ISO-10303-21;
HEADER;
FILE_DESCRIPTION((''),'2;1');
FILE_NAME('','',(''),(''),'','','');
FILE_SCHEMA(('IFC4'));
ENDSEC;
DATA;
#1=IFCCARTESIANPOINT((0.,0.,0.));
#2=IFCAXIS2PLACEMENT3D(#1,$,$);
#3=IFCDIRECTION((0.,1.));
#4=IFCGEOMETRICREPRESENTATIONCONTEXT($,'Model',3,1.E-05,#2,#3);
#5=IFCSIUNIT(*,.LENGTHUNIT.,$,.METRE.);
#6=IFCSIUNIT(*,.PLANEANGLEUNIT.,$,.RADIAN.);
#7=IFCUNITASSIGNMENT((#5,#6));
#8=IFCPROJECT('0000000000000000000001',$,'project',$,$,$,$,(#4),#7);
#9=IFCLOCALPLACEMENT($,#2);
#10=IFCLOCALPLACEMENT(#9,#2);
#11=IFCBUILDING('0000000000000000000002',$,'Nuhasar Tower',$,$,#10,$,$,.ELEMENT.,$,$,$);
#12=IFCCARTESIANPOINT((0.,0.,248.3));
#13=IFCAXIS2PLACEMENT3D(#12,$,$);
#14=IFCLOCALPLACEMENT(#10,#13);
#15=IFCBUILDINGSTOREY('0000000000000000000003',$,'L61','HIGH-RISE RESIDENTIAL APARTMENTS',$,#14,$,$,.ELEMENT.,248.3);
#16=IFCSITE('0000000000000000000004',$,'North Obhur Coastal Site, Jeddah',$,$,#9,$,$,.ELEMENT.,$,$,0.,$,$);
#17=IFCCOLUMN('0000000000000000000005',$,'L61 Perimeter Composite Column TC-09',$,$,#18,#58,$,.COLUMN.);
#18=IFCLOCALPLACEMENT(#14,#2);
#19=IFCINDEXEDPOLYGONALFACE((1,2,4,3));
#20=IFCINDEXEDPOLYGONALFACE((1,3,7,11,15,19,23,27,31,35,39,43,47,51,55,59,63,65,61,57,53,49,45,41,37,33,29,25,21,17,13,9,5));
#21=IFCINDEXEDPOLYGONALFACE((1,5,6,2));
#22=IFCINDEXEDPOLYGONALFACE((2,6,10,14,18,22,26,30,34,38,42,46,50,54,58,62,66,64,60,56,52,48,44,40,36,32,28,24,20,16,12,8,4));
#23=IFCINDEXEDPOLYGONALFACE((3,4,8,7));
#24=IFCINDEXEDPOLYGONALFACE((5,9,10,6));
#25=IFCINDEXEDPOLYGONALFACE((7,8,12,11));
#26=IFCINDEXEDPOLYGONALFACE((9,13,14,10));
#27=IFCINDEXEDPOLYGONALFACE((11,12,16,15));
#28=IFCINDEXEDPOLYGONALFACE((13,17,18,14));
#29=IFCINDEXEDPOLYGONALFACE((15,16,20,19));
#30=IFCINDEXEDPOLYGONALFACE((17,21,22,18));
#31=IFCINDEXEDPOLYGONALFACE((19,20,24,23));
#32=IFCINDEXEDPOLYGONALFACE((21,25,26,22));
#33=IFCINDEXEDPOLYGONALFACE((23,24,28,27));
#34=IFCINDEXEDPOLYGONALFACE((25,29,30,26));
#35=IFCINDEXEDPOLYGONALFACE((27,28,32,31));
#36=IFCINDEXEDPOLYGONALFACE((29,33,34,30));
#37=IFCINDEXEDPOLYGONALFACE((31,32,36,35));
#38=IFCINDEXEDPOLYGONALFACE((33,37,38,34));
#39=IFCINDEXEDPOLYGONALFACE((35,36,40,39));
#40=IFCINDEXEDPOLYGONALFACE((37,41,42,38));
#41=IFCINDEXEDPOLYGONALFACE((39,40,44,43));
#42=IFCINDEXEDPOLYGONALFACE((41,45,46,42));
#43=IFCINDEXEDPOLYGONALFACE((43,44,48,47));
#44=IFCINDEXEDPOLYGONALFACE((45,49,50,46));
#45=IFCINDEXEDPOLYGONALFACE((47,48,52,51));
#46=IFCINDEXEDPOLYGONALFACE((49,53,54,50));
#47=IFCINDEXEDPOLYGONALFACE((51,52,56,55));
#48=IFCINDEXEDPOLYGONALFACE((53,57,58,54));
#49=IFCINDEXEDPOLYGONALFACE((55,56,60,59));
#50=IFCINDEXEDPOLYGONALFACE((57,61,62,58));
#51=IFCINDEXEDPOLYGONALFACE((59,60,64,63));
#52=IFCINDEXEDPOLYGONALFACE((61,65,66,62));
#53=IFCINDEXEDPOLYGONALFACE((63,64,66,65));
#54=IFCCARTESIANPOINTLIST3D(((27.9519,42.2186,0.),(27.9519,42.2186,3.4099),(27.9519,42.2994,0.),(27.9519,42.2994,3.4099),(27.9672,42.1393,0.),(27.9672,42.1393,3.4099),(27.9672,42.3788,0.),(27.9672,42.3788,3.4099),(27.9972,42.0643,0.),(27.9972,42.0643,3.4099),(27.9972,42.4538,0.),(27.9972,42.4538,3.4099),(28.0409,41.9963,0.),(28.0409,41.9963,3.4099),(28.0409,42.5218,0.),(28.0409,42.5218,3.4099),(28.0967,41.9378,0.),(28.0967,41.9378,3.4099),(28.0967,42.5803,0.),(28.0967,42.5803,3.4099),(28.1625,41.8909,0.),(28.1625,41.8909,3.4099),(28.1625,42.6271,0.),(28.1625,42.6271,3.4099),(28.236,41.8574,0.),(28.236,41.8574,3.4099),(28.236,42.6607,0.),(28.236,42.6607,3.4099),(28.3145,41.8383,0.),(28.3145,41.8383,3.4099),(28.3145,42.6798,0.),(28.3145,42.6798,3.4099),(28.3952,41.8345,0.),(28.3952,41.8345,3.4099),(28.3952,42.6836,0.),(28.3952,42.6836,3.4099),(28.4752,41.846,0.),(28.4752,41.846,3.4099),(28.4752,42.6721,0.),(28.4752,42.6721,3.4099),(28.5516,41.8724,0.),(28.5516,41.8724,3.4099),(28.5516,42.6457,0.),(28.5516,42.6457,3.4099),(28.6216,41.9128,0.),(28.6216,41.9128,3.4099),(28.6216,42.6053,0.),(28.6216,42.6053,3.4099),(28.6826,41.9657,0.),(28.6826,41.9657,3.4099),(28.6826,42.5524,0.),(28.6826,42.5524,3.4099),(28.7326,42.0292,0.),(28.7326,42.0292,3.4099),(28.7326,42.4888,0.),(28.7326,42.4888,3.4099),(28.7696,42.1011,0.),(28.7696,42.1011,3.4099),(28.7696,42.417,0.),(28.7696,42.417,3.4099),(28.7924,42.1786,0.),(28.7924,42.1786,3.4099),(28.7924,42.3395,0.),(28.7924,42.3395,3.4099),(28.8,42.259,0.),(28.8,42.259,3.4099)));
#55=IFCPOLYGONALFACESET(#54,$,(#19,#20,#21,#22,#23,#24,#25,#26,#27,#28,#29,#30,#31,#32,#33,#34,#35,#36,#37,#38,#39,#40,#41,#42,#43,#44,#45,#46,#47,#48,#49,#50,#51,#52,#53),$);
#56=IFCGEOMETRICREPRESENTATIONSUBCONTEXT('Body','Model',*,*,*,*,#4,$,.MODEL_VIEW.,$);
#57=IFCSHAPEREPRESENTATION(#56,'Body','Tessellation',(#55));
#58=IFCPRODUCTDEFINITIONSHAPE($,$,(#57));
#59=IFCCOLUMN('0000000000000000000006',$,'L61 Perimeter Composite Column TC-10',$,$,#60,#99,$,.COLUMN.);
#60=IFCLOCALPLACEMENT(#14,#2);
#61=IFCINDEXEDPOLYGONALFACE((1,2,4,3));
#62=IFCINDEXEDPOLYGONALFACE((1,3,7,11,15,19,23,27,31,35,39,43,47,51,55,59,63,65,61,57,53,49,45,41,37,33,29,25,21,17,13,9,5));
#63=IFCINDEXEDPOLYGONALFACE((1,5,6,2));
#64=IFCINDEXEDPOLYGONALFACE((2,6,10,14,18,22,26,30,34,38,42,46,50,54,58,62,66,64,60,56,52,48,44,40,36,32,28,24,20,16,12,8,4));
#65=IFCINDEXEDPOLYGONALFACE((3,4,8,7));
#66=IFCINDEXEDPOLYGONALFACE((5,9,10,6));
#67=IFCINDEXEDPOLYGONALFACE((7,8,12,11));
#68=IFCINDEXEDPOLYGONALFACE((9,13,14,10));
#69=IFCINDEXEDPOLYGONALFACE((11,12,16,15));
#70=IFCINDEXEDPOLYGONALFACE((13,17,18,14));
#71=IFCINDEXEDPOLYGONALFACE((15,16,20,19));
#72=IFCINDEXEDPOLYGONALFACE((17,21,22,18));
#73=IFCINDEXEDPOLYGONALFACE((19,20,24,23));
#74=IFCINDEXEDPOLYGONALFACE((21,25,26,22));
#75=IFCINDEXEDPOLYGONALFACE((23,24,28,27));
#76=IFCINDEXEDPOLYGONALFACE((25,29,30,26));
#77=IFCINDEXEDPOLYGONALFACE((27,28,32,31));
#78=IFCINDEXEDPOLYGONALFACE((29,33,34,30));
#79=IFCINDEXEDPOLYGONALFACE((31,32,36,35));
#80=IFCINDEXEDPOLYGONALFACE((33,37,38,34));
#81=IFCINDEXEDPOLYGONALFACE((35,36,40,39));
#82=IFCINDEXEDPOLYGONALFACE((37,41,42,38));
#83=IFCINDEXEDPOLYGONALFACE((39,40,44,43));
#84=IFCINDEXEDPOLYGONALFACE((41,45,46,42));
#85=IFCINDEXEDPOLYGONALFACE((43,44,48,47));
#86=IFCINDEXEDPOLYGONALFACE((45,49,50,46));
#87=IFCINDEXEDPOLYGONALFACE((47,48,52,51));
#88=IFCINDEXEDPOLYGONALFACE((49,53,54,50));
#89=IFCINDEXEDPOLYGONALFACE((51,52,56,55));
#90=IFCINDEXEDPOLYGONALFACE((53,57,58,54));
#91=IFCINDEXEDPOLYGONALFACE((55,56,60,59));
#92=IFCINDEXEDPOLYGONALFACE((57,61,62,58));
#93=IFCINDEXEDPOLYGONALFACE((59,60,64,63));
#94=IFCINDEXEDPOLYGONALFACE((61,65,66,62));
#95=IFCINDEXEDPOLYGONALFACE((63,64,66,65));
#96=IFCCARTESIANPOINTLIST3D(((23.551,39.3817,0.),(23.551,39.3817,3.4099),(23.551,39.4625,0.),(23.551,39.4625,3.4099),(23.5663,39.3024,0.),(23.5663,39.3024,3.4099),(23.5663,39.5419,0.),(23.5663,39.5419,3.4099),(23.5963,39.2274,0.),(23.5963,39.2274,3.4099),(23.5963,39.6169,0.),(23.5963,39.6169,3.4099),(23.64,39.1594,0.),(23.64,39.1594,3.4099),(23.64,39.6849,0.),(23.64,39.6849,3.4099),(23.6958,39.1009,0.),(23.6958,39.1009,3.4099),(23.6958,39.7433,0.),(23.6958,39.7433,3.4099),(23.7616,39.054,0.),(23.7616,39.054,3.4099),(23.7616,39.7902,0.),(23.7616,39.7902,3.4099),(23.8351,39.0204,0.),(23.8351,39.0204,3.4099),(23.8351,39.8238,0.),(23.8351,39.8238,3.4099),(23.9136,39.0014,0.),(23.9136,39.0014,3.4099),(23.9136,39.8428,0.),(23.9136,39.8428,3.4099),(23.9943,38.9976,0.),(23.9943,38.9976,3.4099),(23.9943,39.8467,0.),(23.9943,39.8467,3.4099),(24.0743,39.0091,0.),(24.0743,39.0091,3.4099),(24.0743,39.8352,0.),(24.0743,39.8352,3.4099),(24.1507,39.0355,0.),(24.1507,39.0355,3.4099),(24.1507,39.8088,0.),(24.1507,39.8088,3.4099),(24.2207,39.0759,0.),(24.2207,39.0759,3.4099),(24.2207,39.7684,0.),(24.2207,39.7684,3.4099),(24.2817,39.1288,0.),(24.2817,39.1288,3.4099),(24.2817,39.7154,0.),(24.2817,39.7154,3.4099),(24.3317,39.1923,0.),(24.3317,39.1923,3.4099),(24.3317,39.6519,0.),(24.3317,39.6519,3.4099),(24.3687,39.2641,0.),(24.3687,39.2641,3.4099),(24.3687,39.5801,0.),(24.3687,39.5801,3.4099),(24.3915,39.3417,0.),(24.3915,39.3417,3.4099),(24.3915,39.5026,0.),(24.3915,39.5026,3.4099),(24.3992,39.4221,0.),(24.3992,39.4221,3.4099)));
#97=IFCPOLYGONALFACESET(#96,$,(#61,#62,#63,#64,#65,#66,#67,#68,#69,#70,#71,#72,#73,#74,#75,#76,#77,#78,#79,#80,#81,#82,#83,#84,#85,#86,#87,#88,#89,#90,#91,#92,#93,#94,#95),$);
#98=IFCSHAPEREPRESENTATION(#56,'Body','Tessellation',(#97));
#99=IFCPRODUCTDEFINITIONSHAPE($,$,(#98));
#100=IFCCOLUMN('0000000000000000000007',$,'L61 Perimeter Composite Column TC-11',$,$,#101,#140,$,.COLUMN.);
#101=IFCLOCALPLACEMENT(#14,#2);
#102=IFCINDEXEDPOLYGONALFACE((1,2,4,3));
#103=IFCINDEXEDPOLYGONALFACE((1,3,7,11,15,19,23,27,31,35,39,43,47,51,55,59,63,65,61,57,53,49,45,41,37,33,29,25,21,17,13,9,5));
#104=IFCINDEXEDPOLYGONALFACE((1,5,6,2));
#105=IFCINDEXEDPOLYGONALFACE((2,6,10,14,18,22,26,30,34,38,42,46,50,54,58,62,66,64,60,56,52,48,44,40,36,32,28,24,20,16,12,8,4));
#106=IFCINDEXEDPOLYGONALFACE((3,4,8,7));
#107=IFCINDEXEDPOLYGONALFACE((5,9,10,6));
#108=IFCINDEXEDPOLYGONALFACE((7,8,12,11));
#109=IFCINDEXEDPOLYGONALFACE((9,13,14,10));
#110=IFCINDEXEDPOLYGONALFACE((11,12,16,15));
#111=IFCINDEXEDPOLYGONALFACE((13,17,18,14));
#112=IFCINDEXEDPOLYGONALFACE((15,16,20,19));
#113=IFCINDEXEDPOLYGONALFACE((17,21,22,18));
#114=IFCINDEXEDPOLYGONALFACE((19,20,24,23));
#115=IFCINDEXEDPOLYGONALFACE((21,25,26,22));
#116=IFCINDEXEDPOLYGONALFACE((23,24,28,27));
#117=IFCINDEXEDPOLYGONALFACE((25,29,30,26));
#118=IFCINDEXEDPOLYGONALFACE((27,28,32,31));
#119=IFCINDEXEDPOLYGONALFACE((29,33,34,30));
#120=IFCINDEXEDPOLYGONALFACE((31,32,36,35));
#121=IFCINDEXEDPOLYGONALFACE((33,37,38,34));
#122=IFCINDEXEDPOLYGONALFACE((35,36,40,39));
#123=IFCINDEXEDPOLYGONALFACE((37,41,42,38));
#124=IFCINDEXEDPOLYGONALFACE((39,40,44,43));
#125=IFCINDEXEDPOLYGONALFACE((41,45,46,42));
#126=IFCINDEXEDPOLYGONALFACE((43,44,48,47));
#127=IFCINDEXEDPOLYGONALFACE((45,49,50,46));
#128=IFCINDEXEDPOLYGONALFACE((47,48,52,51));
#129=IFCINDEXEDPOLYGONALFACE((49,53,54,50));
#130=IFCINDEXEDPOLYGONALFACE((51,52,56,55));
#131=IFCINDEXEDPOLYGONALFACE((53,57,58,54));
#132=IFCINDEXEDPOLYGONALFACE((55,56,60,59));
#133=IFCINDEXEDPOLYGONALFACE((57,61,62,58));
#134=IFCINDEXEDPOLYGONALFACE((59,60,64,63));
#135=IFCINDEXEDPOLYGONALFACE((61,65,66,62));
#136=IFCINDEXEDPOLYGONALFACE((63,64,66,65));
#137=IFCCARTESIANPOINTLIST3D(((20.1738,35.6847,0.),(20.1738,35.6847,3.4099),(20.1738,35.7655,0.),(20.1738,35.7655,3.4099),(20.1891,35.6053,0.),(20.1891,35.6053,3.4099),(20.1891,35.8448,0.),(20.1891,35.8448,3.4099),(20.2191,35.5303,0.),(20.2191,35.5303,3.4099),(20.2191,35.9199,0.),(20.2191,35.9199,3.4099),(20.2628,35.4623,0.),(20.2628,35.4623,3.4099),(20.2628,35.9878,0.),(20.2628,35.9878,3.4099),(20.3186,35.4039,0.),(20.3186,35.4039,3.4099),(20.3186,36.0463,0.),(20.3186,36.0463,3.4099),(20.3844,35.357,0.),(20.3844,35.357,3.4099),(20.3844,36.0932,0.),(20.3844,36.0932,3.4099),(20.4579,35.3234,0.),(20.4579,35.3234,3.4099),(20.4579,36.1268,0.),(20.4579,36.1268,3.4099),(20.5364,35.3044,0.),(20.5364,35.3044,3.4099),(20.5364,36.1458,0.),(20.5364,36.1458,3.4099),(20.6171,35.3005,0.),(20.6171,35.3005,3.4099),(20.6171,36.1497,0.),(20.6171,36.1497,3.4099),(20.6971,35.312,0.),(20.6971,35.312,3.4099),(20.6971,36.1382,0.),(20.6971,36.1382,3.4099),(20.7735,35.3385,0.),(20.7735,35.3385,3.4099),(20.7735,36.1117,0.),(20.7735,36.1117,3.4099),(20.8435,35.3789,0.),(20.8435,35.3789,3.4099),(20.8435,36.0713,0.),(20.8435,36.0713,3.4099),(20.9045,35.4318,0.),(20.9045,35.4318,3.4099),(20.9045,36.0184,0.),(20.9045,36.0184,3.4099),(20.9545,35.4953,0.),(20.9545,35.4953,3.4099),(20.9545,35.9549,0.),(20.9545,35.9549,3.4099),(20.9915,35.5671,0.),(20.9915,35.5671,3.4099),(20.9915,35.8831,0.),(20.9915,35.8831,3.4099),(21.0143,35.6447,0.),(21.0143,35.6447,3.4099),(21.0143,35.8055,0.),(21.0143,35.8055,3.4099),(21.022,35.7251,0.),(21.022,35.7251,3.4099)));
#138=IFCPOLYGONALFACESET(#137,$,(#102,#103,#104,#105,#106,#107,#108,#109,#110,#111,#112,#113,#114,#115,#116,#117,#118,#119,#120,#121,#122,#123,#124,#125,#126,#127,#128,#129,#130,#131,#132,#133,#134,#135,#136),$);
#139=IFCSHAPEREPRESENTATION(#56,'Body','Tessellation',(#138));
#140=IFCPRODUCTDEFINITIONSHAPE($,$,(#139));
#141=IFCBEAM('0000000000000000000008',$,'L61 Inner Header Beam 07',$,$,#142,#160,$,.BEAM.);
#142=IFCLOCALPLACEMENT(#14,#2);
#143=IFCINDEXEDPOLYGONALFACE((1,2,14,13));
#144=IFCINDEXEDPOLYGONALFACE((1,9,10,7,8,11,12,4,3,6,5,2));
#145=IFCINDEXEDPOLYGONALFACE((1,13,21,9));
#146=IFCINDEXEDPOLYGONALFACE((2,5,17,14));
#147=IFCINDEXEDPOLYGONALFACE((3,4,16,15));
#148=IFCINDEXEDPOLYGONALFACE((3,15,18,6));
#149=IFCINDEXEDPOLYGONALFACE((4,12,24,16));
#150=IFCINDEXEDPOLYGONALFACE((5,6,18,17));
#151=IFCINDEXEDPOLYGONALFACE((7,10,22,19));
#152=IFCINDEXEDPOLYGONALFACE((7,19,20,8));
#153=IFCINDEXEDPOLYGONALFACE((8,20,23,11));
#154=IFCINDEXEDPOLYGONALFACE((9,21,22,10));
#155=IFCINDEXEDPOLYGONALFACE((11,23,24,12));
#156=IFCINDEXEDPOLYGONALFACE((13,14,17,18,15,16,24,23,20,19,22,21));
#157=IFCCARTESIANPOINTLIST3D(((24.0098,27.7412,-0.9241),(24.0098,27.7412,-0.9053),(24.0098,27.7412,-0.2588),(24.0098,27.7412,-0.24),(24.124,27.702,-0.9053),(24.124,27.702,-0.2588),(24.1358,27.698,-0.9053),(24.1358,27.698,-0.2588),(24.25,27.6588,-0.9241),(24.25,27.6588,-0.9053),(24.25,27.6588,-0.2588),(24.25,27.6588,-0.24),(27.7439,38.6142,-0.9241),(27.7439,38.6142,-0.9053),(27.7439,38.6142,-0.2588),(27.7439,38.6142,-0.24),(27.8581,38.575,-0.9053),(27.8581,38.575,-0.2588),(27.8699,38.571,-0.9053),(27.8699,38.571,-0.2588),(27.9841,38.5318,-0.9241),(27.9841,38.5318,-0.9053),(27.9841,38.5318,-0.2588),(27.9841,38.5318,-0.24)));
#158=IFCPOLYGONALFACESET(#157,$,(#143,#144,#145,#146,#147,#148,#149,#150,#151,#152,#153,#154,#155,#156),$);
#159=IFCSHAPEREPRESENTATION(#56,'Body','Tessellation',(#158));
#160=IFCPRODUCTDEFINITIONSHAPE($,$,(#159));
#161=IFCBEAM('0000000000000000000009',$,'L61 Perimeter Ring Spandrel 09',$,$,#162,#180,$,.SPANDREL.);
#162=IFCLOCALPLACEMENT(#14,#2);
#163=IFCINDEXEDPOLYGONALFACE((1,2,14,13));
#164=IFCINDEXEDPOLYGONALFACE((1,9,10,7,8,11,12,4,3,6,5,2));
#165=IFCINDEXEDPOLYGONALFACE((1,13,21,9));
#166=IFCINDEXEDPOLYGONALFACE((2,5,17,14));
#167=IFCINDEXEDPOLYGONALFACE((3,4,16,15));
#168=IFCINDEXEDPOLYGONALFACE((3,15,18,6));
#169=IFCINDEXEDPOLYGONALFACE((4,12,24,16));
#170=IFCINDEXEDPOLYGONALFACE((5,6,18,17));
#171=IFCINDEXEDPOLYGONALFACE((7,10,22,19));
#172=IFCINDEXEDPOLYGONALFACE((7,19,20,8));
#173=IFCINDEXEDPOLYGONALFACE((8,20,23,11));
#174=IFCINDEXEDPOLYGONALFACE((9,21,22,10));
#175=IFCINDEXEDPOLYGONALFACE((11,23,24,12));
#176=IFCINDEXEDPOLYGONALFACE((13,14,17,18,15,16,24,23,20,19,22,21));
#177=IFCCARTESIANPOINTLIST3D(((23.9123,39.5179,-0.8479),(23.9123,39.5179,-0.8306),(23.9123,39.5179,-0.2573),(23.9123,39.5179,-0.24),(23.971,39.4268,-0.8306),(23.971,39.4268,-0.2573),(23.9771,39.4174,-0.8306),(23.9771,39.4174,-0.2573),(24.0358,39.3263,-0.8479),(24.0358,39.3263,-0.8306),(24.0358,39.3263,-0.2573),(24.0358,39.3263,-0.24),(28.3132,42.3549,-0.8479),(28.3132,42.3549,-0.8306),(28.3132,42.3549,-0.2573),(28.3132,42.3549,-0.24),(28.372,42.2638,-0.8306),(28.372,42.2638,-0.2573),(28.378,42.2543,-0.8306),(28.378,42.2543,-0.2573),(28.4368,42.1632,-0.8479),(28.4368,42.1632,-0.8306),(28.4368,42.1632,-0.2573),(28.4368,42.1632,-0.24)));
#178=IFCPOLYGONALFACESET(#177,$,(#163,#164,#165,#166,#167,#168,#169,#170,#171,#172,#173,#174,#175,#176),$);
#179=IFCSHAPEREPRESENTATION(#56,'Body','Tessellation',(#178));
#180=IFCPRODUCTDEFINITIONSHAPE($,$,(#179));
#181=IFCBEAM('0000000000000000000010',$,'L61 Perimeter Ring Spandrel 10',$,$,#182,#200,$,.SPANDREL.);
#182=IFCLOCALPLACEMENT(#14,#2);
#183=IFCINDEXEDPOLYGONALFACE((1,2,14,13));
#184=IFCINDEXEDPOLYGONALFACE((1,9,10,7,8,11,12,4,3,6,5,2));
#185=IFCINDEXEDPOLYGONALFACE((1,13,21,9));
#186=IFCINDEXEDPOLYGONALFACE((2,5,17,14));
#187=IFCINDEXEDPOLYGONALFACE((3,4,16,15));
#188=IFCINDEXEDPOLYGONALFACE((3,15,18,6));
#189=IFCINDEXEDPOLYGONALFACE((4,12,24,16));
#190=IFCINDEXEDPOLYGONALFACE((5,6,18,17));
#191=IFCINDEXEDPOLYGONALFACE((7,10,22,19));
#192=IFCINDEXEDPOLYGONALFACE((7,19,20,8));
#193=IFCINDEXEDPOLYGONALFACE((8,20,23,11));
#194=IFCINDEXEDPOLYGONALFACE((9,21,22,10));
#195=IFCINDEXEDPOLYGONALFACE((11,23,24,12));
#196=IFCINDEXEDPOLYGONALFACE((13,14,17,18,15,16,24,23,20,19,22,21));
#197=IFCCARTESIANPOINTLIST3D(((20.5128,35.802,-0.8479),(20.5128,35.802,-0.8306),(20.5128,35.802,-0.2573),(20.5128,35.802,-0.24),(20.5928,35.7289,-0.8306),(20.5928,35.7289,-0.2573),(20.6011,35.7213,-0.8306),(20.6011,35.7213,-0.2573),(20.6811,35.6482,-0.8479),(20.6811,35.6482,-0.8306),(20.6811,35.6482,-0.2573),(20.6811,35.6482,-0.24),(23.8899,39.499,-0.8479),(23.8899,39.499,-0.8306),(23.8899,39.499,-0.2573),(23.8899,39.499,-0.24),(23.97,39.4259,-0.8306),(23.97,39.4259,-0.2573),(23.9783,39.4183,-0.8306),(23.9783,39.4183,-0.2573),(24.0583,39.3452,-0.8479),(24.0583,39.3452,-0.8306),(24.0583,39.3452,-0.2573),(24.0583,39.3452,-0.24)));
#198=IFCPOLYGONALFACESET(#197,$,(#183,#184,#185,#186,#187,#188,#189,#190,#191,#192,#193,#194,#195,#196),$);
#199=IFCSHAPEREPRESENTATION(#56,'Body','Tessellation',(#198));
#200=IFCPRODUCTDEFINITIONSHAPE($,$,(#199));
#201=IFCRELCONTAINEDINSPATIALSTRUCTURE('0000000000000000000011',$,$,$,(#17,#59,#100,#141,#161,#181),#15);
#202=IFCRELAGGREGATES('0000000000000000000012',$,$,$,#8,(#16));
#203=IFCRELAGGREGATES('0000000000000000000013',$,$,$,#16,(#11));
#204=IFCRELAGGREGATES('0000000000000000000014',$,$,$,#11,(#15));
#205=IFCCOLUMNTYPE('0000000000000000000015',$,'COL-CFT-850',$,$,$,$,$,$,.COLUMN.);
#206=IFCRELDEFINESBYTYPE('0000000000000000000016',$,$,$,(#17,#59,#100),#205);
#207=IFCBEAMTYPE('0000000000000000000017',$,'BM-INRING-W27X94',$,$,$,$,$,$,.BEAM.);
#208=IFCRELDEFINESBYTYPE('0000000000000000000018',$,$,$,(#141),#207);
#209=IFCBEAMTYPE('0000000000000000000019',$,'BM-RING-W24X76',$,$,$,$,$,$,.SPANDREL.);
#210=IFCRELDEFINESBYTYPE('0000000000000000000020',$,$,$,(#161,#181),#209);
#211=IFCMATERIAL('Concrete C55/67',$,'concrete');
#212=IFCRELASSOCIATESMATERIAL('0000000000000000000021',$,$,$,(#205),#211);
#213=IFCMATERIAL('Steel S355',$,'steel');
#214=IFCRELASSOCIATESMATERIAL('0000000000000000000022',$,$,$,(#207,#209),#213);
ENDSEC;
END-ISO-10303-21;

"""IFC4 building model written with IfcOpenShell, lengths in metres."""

from ifc_helpers import new_model, si_unit, direction, frame, origin, origin_2d, place, context, subcontext, project, spatial, circle, i_section, extrude, material, material_profile, profile_set, type_object, element, save


model = new_model("IFC4")

# Units and contexts
model_context = context("Model", 3, precision=1e-05, world=origin(), true_north=direction((0.0, 1.0)))
body_context = subcontext(model_context, "Body", "Model", "MODEL_VIEW")
ifc_project = project(units=[si_unit("LENGTHUNIT", "METRE"), si_unit("PLANEANGLEUNIT", "RADIAN")], contexts=[model_context])

# Site, building, storey
site_placement = place(None, origin())
site = spatial("IfcSite", under=ifc_project, at=site_placement, Name="North Obhur Coastal Site, Jeddah", CompositionType="ELEMENT", RefElevation=0.0)
building_placement = place(site_placement, origin())
building = spatial("IfcBuilding", under=site, at=building_placement, Name="Nuhasar Tower", CompositionType="ELEMENT")
storey_placement = place(building_placement, frame((0.0, 0.0, 248.3)))
storey = spatial("IfcBuildingStorey", under=building, at=storey_placement, Name="L61", Description="HIGH-RISE RESIDENTIAL APARTMENTS", CompositionType="ELEMENT", Elevation=248.3)

# Columns
ifc_material_1 = material(Name="Concrete C55/67", Category="concrete")
ifc_material_profile_1 = material_profile(ifc_material_1, circle(Radius=0.425, at=origin_2d()), Name="CFT850")
ifc_profile_set_1 = profile_set([ifc_material_profile_1], Name="Concrete C55/67")
column_type = type_object("IfcColumnType", Name="COL-CFT-850", PredefinedType="COLUMN", material=ifc_profile_set_1)
for number, where, z_axis, x_axis, name in (
    (1, (28.375, 42.259, 0.0), (0.0, 0.0, 1.0), (1.0, 0.0, 0.0), "L61 Perimeter Composite Column TC-09"),
    (2, (23.9741, 39.4221, 0.0), (0.0, 0.0, 1.0), (1.0, 0.0, 0.0), "L61 Perimeter Composite Column TC-10"),
    (3, (20.5969, 35.7251, 0.0), (0.0, 0.0, 1.0), (1.0, 0.0, 0.0), "L61 Perimeter Composite Column TC-11"),
):
    element("IfcColumn", number, at=place(storey_placement, frame(where, z_axis=z_axis, x_axis=x_axis)), inside=storey, type_object=column_type, Name=name, PredefinedType="COLUMN", context=body_context, shape_type="SweptSolid", body=[
        extrude(circle(Radius=0.425, at=origin_2d()), origin(), (0.0, 0.0, 1.0), 3.4099),
    ])

# Beams
ifc_material_2 = material(Name="Steel S355", Category="steel")
ifc_material_profile_2 = material_profile(ifc_material_2, i_section(OverallWidth=0.2539, OverallDepth=0.6841, WebThickness=0.0125, FlangeThickness=0.0188, at=origin_2d()), Name="W27X94")
ifc_profile_set_2 = profile_set([ifc_material_profile_2], Name="Steel S355")
beam_type_1 = type_object("IfcBeamType", Name="BM-INRING-W27X94", PredefinedType="BEAM", material=ifc_profile_set_2)
beam_1_placement = place(storey_placement, frame((27.864, 38.573, -0.582), z_axis=(-0.324809, -0.94578, 0.0), x_axis=(0.94578, -0.324809, 0.0)))
element("IfcBeam", 4, at=beam_1_placement, inside=storey, type_object=beam_type_1, Name="L61 Inner Header Beam 07", PredefinedType="BEAM", context=body_context, shape_type="SweptSolid", body=[
    extrude(i_section(OverallWidth=0.2539, OverallDepth=0.6841, WebThickness=0.0125, FlangeThickness=0.0188, at=origin_2d()), origin(), (0.0, 0.0, 1.0), 11.4963),
])
ifc_material_profile_3 = material_profile(ifc_material_2, i_section(OverallWidth=0.228, OverallDepth=0.6079, WebThickness=0.0112, FlangeThickness=0.0173, at=origin_2d()), Name="W24X76")
ifc_profile_set_3 = profile_set([ifc_material_profile_3], Name="Steel S355")
beam_type_2 = type_object("IfcBeamType", Name="BM-RING-W24X76", PredefinedType="SPANDREL", material=ifc_profile_set_3)
beam_2_placement = place(storey_placement, frame((28.375, 42.259, -0.5439), z_axis=(-0.840502, -0.541808, 0.0), x_axis=(0.541808, -0.840502, 0.0)))
element("IfcBeam", 5, at=beam_2_placement, inside=storey, type_object=beam_type_2, Name="L61 Perimeter Ring Spandrel 09", PredefinedType="SPANDREL", context=body_context, shape_type="SweptSolid", body=[
    extrude(i_section(OverallWidth=0.228, OverallDepth=0.6079, WebThickness=0.0112, FlangeThickness=0.0173, at=origin_2d()), origin(), (0.0, 0.0, 1.0), 5.2361),
])
beam_3_placement = place(storey_placement, frame((23.9741, 39.4221, -0.5439), z_axis=(-0.67445, -0.738321, 0.0), x_axis=(0.738321, -0.67445, 0.0)))
element("IfcBeam", 6, at=beam_3_placement, inside=storey, type_object=beam_type_2, Name="L61 Perimeter Ring Spandrel 10", PredefinedType="SPANDREL", context=body_context, shape_type="SweptSolid", body=[
    extrude(i_section(OverallWidth=0.228, OverallDepth=0.6079, WebThickness=0.0112, FlangeThickness=0.0173, at=origin_2d()), origin(), (0.0, 0.0, 1.0), 5.0073),
])

save(model, "model.ifc")
